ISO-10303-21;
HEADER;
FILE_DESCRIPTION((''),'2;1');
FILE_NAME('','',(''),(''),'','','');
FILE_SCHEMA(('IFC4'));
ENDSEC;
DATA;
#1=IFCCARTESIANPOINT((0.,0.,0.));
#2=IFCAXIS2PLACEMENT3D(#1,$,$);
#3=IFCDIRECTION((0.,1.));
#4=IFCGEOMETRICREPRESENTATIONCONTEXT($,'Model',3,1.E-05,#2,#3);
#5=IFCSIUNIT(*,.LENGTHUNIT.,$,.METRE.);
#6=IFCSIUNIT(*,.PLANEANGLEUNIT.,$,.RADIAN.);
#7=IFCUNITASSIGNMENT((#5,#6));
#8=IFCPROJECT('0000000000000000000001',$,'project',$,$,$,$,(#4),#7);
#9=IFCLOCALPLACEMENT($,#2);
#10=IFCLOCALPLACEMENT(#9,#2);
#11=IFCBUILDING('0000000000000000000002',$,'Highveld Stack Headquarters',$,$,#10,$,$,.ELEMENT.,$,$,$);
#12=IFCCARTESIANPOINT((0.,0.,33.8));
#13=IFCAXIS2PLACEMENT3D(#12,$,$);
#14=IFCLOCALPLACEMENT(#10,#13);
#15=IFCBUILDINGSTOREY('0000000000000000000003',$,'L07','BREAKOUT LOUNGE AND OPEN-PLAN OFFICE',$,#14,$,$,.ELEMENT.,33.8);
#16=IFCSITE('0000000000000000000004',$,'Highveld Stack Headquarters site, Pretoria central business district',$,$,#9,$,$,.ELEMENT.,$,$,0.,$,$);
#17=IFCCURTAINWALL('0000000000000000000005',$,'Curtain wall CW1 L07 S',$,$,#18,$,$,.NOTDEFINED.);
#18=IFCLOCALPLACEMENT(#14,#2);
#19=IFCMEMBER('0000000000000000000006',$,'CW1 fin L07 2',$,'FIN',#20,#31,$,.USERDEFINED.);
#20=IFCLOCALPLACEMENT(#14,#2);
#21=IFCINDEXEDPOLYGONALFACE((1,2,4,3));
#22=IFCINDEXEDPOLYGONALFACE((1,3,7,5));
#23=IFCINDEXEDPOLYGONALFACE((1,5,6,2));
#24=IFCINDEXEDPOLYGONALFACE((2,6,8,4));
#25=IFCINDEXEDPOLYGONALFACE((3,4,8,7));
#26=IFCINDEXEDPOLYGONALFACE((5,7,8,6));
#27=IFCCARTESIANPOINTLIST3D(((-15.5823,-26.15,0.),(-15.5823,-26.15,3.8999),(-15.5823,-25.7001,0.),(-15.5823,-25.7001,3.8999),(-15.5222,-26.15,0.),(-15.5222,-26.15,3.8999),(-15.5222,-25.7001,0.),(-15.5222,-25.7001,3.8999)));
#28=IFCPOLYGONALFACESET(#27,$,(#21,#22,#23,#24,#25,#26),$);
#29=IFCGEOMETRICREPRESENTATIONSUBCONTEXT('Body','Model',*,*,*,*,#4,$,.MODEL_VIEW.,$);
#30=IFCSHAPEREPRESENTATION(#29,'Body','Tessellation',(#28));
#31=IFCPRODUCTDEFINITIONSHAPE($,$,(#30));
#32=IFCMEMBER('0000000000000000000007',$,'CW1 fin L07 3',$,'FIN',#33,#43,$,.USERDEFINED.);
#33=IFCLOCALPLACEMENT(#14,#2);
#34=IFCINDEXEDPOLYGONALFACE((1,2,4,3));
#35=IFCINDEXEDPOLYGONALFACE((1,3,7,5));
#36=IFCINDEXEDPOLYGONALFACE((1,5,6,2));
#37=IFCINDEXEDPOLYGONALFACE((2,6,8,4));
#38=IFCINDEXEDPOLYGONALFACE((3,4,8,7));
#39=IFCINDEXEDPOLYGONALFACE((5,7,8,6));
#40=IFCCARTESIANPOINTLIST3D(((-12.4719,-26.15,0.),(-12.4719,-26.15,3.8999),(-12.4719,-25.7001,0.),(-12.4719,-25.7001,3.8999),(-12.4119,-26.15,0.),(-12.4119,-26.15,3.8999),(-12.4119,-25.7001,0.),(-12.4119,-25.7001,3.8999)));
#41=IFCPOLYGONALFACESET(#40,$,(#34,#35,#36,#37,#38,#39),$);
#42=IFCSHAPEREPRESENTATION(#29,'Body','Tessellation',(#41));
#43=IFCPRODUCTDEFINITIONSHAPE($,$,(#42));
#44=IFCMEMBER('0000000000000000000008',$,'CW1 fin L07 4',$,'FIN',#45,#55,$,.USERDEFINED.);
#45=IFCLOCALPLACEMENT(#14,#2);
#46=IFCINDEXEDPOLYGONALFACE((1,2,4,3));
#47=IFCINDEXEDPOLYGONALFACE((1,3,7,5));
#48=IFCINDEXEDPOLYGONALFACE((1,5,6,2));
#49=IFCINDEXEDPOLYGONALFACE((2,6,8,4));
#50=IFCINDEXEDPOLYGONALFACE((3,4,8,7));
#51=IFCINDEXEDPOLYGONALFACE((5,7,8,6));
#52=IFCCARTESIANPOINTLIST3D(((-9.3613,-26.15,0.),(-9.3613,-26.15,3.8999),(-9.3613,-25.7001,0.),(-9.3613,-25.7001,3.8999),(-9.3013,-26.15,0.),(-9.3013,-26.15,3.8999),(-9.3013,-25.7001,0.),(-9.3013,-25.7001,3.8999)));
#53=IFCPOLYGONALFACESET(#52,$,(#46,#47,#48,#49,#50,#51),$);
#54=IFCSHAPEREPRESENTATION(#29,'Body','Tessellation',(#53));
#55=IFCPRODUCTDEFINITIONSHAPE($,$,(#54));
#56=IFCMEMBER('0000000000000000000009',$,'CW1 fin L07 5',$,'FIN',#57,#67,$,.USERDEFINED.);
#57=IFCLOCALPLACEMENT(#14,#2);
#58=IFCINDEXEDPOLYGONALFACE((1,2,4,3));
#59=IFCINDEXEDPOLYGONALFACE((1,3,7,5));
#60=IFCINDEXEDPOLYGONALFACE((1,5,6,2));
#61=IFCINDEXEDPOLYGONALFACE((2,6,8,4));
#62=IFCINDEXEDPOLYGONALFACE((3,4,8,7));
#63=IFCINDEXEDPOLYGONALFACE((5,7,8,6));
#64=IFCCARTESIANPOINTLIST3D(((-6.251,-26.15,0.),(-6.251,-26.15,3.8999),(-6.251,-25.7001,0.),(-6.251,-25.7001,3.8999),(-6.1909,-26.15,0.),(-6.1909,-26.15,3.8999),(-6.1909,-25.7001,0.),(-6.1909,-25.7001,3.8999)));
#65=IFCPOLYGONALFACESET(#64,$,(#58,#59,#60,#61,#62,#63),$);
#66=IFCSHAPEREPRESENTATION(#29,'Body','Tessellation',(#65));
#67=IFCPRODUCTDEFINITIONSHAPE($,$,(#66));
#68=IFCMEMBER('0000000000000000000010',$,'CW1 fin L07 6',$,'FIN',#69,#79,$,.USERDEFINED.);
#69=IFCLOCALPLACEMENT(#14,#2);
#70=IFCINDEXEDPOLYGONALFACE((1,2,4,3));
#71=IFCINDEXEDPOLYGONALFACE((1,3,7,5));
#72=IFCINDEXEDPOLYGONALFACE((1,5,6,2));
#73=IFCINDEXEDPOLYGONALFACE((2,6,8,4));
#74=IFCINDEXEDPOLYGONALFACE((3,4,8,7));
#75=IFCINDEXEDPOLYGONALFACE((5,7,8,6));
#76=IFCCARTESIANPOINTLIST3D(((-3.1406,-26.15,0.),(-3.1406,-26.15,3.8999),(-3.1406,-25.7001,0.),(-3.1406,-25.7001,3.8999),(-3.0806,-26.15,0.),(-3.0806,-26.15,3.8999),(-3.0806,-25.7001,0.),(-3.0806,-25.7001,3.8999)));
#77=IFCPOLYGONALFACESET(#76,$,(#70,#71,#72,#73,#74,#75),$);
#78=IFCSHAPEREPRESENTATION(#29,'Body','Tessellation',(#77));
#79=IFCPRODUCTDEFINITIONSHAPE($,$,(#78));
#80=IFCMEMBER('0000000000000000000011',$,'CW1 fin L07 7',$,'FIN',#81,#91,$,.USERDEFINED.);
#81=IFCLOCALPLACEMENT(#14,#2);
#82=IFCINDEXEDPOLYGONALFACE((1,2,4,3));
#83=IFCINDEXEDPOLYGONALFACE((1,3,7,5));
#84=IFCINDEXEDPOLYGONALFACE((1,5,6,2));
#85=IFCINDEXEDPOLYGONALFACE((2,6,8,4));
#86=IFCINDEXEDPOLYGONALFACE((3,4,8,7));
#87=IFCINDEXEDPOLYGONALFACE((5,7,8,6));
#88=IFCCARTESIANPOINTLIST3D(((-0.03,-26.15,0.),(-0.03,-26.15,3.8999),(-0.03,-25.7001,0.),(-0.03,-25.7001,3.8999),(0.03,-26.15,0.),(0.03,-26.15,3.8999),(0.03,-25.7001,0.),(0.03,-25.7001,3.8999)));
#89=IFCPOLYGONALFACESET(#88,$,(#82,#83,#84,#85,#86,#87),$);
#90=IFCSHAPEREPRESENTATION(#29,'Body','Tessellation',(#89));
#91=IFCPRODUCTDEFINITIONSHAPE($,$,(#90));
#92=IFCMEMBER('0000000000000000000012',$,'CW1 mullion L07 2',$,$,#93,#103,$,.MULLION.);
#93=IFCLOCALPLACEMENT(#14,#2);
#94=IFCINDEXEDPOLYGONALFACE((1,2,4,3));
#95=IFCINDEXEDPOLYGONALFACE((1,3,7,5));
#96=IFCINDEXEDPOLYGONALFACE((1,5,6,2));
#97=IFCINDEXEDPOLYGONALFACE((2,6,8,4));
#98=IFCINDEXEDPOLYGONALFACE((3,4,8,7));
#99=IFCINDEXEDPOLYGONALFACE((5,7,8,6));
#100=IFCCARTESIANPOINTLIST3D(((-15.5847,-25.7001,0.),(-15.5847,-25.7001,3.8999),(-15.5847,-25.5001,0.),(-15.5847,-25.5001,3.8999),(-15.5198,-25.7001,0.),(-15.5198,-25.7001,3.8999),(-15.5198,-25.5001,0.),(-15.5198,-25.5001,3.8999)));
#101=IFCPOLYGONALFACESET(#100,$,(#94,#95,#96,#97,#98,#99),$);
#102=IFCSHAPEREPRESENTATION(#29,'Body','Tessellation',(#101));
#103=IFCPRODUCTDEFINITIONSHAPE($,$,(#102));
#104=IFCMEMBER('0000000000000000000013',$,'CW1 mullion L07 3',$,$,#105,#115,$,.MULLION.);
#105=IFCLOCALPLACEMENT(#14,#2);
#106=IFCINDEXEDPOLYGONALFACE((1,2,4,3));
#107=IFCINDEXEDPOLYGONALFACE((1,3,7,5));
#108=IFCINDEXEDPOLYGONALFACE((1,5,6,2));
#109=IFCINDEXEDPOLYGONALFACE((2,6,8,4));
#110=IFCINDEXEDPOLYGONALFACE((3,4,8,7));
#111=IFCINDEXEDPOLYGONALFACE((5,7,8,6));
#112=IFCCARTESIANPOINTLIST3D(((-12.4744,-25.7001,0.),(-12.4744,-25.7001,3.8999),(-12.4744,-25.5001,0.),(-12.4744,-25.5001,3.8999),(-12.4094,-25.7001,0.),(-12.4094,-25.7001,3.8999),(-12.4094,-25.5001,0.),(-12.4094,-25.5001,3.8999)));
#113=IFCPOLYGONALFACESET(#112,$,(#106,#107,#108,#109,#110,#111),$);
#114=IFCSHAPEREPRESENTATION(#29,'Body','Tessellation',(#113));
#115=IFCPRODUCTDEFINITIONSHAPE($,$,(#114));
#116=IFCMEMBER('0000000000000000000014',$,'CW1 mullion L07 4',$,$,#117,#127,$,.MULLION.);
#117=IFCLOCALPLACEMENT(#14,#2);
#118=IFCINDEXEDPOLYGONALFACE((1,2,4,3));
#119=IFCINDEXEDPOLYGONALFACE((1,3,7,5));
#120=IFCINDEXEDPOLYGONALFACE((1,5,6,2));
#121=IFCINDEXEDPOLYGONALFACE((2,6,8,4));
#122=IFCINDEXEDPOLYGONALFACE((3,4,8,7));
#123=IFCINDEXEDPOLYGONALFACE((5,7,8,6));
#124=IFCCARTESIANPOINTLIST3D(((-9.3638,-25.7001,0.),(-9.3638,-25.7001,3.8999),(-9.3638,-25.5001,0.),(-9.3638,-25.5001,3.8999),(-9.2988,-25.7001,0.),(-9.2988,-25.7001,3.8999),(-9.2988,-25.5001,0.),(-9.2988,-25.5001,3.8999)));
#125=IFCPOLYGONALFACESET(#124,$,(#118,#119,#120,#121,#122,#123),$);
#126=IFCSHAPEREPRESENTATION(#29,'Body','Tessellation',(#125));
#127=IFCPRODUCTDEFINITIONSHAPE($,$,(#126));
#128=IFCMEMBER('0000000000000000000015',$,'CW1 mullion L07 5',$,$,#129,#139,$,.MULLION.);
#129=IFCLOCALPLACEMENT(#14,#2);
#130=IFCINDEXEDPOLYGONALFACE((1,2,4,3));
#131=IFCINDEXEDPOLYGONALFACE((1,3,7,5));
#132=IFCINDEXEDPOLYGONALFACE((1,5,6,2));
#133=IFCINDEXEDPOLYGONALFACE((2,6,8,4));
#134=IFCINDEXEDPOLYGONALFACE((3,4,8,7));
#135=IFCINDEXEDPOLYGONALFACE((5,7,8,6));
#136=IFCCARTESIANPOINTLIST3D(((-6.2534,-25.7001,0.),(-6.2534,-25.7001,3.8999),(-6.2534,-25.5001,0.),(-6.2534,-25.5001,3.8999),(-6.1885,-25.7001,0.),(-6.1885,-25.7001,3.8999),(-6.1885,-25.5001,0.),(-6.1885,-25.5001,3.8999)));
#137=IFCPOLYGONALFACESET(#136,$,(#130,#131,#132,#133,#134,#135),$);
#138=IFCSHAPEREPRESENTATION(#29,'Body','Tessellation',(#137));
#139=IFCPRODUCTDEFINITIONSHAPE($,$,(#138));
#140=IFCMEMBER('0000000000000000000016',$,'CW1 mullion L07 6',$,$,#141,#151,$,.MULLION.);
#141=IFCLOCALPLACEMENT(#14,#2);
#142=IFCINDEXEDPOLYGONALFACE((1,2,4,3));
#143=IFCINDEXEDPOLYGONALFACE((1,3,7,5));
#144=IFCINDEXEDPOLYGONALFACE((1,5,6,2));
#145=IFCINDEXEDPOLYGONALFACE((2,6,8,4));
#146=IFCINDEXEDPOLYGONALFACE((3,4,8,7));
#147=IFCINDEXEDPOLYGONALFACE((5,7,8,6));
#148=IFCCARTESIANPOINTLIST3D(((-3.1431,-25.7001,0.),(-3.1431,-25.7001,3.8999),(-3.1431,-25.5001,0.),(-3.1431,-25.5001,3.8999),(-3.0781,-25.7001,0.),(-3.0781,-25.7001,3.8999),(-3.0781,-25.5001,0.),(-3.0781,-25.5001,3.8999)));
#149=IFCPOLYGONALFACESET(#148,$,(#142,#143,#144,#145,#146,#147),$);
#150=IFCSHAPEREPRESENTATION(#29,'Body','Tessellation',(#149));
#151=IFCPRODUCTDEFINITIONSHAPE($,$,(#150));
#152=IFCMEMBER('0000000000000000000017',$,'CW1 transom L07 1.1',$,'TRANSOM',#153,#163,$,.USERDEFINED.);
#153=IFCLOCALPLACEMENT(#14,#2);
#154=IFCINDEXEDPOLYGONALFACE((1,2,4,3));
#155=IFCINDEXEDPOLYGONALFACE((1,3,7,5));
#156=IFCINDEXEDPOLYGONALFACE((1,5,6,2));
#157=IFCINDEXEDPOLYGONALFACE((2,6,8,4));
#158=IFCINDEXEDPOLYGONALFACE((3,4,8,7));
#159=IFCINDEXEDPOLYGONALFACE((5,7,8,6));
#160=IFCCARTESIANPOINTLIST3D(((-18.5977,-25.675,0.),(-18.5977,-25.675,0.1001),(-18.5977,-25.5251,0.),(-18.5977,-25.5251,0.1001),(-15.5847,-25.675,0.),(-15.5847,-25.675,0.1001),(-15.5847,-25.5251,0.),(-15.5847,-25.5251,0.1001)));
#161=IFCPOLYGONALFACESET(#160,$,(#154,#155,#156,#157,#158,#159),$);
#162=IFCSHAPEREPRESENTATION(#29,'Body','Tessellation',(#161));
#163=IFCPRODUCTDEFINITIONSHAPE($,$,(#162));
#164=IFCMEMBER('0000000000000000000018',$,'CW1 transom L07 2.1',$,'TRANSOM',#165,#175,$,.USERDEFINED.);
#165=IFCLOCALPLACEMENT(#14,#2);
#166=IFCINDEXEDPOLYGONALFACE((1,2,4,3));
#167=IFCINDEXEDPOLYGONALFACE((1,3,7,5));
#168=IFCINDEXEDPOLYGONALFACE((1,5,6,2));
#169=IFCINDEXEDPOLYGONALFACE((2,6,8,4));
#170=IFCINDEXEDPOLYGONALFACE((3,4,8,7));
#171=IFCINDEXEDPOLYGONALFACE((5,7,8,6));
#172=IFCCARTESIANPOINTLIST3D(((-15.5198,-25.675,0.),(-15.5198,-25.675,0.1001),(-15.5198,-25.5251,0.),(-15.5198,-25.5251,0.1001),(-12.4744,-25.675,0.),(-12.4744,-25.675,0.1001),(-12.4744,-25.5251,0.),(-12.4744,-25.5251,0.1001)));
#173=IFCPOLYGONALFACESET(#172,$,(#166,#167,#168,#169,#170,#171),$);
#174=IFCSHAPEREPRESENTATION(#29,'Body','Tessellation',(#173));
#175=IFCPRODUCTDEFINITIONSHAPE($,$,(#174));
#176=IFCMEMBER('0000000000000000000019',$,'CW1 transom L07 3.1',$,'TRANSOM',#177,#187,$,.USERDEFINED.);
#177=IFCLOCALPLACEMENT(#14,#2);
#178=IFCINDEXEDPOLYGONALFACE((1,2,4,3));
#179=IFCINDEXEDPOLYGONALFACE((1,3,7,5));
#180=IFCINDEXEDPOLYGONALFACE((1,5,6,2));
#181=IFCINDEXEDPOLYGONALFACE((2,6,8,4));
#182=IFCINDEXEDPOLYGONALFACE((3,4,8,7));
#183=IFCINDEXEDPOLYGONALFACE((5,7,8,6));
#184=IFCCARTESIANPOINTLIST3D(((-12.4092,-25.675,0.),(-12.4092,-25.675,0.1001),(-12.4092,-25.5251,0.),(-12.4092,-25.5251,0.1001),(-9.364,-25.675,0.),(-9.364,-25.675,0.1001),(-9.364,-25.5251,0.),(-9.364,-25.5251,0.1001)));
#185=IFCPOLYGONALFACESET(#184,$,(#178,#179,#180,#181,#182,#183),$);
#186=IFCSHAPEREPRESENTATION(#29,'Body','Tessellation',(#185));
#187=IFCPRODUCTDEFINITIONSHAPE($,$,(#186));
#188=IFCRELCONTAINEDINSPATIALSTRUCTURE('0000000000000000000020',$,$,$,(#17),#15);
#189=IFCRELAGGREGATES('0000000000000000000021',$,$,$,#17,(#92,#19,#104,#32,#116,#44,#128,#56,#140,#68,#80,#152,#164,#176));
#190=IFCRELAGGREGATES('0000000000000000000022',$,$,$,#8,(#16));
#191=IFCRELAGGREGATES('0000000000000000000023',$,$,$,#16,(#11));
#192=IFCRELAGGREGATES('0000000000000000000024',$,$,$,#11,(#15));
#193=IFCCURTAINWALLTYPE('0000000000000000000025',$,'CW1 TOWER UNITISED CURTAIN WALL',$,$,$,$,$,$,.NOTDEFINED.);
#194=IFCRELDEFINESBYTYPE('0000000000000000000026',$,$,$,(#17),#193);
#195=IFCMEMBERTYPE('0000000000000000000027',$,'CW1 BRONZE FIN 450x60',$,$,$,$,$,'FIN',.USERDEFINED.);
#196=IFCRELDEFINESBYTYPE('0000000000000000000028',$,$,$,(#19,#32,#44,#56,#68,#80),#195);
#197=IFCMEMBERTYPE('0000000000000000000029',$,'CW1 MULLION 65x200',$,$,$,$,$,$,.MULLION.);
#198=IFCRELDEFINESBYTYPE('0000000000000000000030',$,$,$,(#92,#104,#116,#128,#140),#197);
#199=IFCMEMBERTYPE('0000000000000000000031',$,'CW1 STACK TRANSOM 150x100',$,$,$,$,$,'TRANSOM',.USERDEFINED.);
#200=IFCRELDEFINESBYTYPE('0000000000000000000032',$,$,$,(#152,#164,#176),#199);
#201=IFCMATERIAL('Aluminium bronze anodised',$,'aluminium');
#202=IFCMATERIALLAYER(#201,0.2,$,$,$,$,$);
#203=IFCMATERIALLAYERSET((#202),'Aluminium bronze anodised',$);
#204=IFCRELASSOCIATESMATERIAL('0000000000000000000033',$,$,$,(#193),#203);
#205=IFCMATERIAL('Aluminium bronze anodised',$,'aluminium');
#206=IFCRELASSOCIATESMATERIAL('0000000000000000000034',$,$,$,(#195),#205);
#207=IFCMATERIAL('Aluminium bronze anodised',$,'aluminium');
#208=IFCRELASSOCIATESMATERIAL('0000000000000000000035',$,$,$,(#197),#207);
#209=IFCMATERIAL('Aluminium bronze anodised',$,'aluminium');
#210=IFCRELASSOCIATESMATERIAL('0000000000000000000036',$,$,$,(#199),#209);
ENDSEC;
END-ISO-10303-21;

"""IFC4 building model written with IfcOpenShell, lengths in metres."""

from ifc_helpers import new_model, si_unit, direction, frame, origin, origin_2d, place, context, subcontext, project, spatial, rectangle, extrude, material, layer, layer_set, material_profile, profile_set, type_object, element, aggregate, save


model = new_model("IFC4")

# Units and contexts
model_context = context("Model", 3, precision=1e-05, world=origin(), true_north=direction((0.0, 1.0)))
body_context = subcontext(model_context, "Body", "Model", "MODEL_VIEW")
ifc_project = project(units=[si_unit("LENGTHUNIT", "METRE"), si_unit("PLANEANGLEUNIT", "RADIAN")], contexts=[model_context])

# Site, building, storey
site_placement = place(None, origin())
site = spatial("IfcSite", under=ifc_project, at=site_placement, Name="Highveld Stack Headquarters site, Pretoria central business district", CompositionType="ELEMENT", RefElevation=0.0)
building_placement = place(site_placement, origin())
building = spatial("IfcBuilding", under=site, at=building_placement, Name="Highveld Stack Headquarters", CompositionType="ELEMENT")
storey_placement = place(building_placement, frame((0.0, 0.0, 33.8)))
storey = spatial("IfcBuildingStorey", under=building, at=storey_placement, Name="L07", Description="BREAKOUT LOUNGE AND OPEN-PLAN OFFICE", CompositionType="ELEMENT", Elevation=33.8)

# Curtain wall, members
ifc_material_1 = material(Name="Aluminium bronze anodised", Category="aluminium")
ifc_layer_1 = layer(ifc_material_1, 0.2)
ifc_layer_set_1 = layer_set([ifc_layer_1], Name="Aluminium bronze anodised")
curtain_wall_type = type_object("IfcCurtainWallType", Name="CW1 TOWER UNITISED CURTAIN WALL", PredefinedType="NOTDEFINED", material=ifc_layer_set_1)
curtain_wall_placement = place(storey_placement, origin())
curtain_wall = element("IfcCurtainWall", 1, at=curtain_wall_placement, inside=storey, type_object=curtain_wall_type, Name="Curtain wall CW1 L07 S", PredefinedType="NOTDEFINED")
ifc_material_2 = material(Name="Aluminium bronze anodised", Category="aluminium")
ifc_material_profile_1 = material_profile(ifc_material_2, rectangle(XDim=0.45, YDim=0.0601, at=origin_2d()), Name="FIN 450x60")
ifc_profile_set_1 = profile_set([ifc_material_profile_1], Name="Aluminium bronze anodised")
member_type_1 = type_object("IfcMemberType", Name="CW1 BRONZE FIN 450x60", ElementType="FIN", PredefinedType="USERDEFINED", material=ifc_profile_set_1)
member_1_placement = place(storey_placement, frame((-15.5522, -25.925, 0.0), z_axis=(0.0, 0.0, 1.0), x_axis=(0.0, 1.0, 0.0)))
member_1 = element("IfcMember", 2, at=member_1_placement, type_object=member_type_1, Name="CW1 fin L07 2", ObjectType="FIN", PredefinedType="USERDEFINED", context=body_context, shape_type="SweptSolid", body=[
    extrude(rectangle(XDim=0.45, YDim=0.0601, at=origin_2d()), origin(), (0.0, 0.0, 1.0), 3.8999),
])
member_2_placement = place(storey_placement, frame((-12.4419, -25.925, 0.0), z_axis=(0.0, 0.0, 1.0), x_axis=(0.0, 1.0, 0.0)))
member_2 = element("IfcMember", 3, at=member_2_placement, type_object=member_type_1, Name="CW1 fin L07 3", ObjectType="FIN", PredefinedType="USERDEFINED", context=body_context, shape_type="SweptSolid", body=[
    extrude(rectangle(XDim=0.45, YDim=0.0601, at=origin_2d()), origin(), (0.0, 0.0, 1.0), 3.8999),
])
member_3_placement = place(storey_placement, frame((-9.3313, -25.925, 0.0), z_axis=(0.0, 0.0, 1.0), x_axis=(0.0, 1.0, 0.0)))
member_3 = element("IfcMember", 4, at=member_3_placement, type_object=member_type_1, Name="CW1 fin L07 4", ObjectType="FIN", PredefinedType="USERDEFINED", context=body_context, shape_type="SweptSolid", body=[
    extrude(rectangle(XDim=0.45, YDim=0.0601, at=origin_2d()), origin(), (0.0, 0.0, 1.0), 3.8999),
])
member_4_placement = place(storey_placement, frame((-6.2209, -25.925, 0.0), z_axis=(0.0, 0.0, 1.0), x_axis=(0.0, 1.0, 0.0)))
member_4 = element("IfcMember", 5, at=member_4_placement, type_object=member_type_1, Name="CW1 fin L07 5", ObjectType="FIN", PredefinedType="USERDEFINED", context=body_context, shape_type="SweptSolid", body=[
    extrude(rectangle(XDim=0.45, YDim=0.0601, at=origin_2d()), origin(), (0.0, 0.0, 1.0), 3.8999),
])
member_5_placement = place(storey_placement, frame((-3.1106, -25.925, 0.0), z_axis=(0.0, 0.0, 1.0), x_axis=(0.0, 1.0, 0.0)))
member_5 = element("IfcMember", 6, at=member_5_placement, type_object=member_type_1, Name="CW1 fin L07 6", ObjectType="FIN", PredefinedType="USERDEFINED", context=body_context, shape_type="SweptSolid", body=[
    extrude(rectangle(XDim=0.45, YDim=0.0601, at=origin_2d()), origin(), (0.0, 0.0, 1.0), 3.8999),
])
member_6_placement = place(storey_placement, frame((0.0, -25.925, 0.0), z_axis=(0.0, 0.0, 1.0), x_axis=(0.0, 1.0, 0.0)))
member_6 = element("IfcMember", 7, at=member_6_placement, type_object=member_type_1, Name="CW1 fin L07 7", ObjectType="FIN", PredefinedType="USERDEFINED", context=body_context, shape_type="SweptSolid", body=[
    extrude(rectangle(XDim=0.45, YDim=0.0601, at=origin_2d()), origin(), (0.0, 0.0, 1.0), 3.8999),
])
ifc_material_3 = material(Name="Aluminium bronze anodised", Category="aluminium")
ifc_material_profile_2 = material_profile(ifc_material_3, rectangle(XDim=0.2, YDim=0.0649, at=origin_2d()), Name="CW1 MULLION 65x200")
ifc_profile_set_2 = profile_set([ifc_material_profile_2], Name="Aluminium bronze anodised")
member_type_2 = type_object("IfcMemberType", Name="CW1 MULLION 65x200", PredefinedType="MULLION", material=ifc_profile_set_2)
member_7_placement = place(storey_placement, frame((-15.5522, -25.6001, 0.0), z_axis=(0.0, 0.0, 1.0), x_axis=(0.0, 1.0, 0.0)))
member_7 = element("IfcMember", 8, at=member_7_placement, type_object=member_type_2, Name="CW1 mullion L07 2", PredefinedType="MULLION", context=body_context, shape_type="SweptSolid", body=[
    extrude(rectangle(XDim=0.2, YDim=0.0649, at=origin_2d()), origin(), (0.0, 0.0, 1.0), 3.8999),
])
member_8_placement = place(storey_placement, frame((-12.4419, -25.6001, 0.0), z_axis=(0.0, 0.0, 1.0), x_axis=(0.0, 1.0, 0.0)))
member_8 = element("IfcMember", 9, at=member_8_placement, type_object=member_type_2, Name="CW1 mullion L07 3", PredefinedType="MULLION", context=body_context, shape_type="SweptSolid", body=[
    extrude(rectangle(XDim=0.2, YDim=0.0649, at=origin_2d()), origin(), (0.0, 0.0, 1.0), 3.8999),
])
member_9_placement = place(storey_placement, frame((-9.3313, -25.6001, 0.0), z_axis=(0.0, 0.0, 1.0), x_axis=(0.0, 1.0, 0.0)))
member_9 = element("IfcMember", 10, at=member_9_placement, type_object=member_type_2, Name="CW1 mullion L07 4", PredefinedType="MULLION", context=body_context, shape_type="SweptSolid", body=[
    extrude(rectangle(XDim=0.2, YDim=0.0649, at=origin_2d()), origin(), (0.0, 0.0, 1.0), 3.8999),
])
member_10_placement = place(storey_placement, frame((-6.2209, -25.6001, 0.0), z_axis=(0.0, 0.0, 1.0), x_axis=(0.0, 1.0, 0.0)))
member_10 = element("IfcMember", 11, at=member_10_placement, type_object=member_type_2, Name="CW1 mullion L07 5", PredefinedType="MULLION", context=body_context, shape_type="SweptSolid", body=[
    extrude(rectangle(XDim=0.2, YDim=0.0649, at=origin_2d()), origin(), (0.0, 0.0, 1.0), 3.8999),
])
member_11_placement = place(storey_placement, frame((-3.1106, -25.6001, 0.0), z_axis=(0.0, 0.0, 1.0), x_axis=(0.0, 1.0, 0.0)))
member_11 = element("IfcMember", 12, at=member_11_placement, type_object=member_type_2, Name="CW1 mullion L07 6", PredefinedType="MULLION", context=body_context, shape_type="SweptSolid", body=[
    extrude(rectangle(XDim=0.2, YDim=0.0649, at=origin_2d()), origin(), (0.0, 0.0, 1.0), 3.8999),
])
ifc_material_4 = material(Name="Aluminium bronze anodised", Category="aluminium")
ifc_material_profile_3 = material_profile(ifc_material_4, rectangle(XDim=0.1499, YDim=0.1001, at=origin_2d()), Name="CW1 TRANSOM 150x100")
ifc_profile_set_3 = profile_set([ifc_material_profile_3], Name="Aluminium bronze anodised")
member_type_3 = type_object("IfcMemberType", Name="CW1 STACK TRANSOM 150x100", ElementType="TRANSOM", PredefinedType="USERDEFINED", material=ifc_profile_set_3)
member_12_placement = place(storey_placement, frame((-18.5977, -25.6001, 0.05), z_axis=(1.0, 0.0, 0.0), x_axis=(0.0, 1.0, 0.0)))
member_12 = element("IfcMember", 13, at=member_12_placement, type_object=member_type_3, Name="CW1 transom L07 1.1", ObjectType="TRANSOM", PredefinedType="USERDEFINED", context=body_context, shape_type="SweptSolid", body=[
    extrude(rectangle(XDim=0.1499, YDim=0.1001, at=origin_2d()), origin(), (0.0, 0.0, 1.0), 3.0129),
])
member_13_placement = place(storey_placement, frame((-15.5198, -25.6001, 0.05), z_axis=(1.0, 0.0, 0.0), x_axis=(0.0, 1.0, 0.0)))
member_13 = element("IfcMember", 14, at=member_13_placement, type_object=member_type_3, Name="CW1 transom L07 2.1", ObjectType="TRANSOM", PredefinedType="USERDEFINED", context=body_context, shape_type="SweptSolid", body=[
    extrude(rectangle(XDim=0.1499, YDim=0.1001, at=origin_2d()), origin(), (0.0, 0.0, 1.0), 3.0454),
])
member_14_placement = place(storey_placement, frame((-12.4092, -25.6001, 0.05), z_axis=(1.0, 0.0, 0.0), x_axis=(0.0, 1.0, 0.0)))
member_14 = element("IfcMember", 15, at=member_14_placement, type_object=member_type_3, Name="CW1 transom L07 3.1", ObjectType="TRANSOM", PredefinedType="USERDEFINED", context=body_context, shape_type="SweptSolid", body=[
    extrude(rectangle(XDim=0.1499, YDim=0.1001, at=origin_2d()), origin(), (0.0, 0.0, 1.0), 3.0452),
])
aggregate(curtain_wall, [member_7, member_1, member_8, member_2, member_9, member_3, member_10, member_4, member_11, member_5, member_6, member_12, member_13, member_14])

save(model, "model.ifc")
